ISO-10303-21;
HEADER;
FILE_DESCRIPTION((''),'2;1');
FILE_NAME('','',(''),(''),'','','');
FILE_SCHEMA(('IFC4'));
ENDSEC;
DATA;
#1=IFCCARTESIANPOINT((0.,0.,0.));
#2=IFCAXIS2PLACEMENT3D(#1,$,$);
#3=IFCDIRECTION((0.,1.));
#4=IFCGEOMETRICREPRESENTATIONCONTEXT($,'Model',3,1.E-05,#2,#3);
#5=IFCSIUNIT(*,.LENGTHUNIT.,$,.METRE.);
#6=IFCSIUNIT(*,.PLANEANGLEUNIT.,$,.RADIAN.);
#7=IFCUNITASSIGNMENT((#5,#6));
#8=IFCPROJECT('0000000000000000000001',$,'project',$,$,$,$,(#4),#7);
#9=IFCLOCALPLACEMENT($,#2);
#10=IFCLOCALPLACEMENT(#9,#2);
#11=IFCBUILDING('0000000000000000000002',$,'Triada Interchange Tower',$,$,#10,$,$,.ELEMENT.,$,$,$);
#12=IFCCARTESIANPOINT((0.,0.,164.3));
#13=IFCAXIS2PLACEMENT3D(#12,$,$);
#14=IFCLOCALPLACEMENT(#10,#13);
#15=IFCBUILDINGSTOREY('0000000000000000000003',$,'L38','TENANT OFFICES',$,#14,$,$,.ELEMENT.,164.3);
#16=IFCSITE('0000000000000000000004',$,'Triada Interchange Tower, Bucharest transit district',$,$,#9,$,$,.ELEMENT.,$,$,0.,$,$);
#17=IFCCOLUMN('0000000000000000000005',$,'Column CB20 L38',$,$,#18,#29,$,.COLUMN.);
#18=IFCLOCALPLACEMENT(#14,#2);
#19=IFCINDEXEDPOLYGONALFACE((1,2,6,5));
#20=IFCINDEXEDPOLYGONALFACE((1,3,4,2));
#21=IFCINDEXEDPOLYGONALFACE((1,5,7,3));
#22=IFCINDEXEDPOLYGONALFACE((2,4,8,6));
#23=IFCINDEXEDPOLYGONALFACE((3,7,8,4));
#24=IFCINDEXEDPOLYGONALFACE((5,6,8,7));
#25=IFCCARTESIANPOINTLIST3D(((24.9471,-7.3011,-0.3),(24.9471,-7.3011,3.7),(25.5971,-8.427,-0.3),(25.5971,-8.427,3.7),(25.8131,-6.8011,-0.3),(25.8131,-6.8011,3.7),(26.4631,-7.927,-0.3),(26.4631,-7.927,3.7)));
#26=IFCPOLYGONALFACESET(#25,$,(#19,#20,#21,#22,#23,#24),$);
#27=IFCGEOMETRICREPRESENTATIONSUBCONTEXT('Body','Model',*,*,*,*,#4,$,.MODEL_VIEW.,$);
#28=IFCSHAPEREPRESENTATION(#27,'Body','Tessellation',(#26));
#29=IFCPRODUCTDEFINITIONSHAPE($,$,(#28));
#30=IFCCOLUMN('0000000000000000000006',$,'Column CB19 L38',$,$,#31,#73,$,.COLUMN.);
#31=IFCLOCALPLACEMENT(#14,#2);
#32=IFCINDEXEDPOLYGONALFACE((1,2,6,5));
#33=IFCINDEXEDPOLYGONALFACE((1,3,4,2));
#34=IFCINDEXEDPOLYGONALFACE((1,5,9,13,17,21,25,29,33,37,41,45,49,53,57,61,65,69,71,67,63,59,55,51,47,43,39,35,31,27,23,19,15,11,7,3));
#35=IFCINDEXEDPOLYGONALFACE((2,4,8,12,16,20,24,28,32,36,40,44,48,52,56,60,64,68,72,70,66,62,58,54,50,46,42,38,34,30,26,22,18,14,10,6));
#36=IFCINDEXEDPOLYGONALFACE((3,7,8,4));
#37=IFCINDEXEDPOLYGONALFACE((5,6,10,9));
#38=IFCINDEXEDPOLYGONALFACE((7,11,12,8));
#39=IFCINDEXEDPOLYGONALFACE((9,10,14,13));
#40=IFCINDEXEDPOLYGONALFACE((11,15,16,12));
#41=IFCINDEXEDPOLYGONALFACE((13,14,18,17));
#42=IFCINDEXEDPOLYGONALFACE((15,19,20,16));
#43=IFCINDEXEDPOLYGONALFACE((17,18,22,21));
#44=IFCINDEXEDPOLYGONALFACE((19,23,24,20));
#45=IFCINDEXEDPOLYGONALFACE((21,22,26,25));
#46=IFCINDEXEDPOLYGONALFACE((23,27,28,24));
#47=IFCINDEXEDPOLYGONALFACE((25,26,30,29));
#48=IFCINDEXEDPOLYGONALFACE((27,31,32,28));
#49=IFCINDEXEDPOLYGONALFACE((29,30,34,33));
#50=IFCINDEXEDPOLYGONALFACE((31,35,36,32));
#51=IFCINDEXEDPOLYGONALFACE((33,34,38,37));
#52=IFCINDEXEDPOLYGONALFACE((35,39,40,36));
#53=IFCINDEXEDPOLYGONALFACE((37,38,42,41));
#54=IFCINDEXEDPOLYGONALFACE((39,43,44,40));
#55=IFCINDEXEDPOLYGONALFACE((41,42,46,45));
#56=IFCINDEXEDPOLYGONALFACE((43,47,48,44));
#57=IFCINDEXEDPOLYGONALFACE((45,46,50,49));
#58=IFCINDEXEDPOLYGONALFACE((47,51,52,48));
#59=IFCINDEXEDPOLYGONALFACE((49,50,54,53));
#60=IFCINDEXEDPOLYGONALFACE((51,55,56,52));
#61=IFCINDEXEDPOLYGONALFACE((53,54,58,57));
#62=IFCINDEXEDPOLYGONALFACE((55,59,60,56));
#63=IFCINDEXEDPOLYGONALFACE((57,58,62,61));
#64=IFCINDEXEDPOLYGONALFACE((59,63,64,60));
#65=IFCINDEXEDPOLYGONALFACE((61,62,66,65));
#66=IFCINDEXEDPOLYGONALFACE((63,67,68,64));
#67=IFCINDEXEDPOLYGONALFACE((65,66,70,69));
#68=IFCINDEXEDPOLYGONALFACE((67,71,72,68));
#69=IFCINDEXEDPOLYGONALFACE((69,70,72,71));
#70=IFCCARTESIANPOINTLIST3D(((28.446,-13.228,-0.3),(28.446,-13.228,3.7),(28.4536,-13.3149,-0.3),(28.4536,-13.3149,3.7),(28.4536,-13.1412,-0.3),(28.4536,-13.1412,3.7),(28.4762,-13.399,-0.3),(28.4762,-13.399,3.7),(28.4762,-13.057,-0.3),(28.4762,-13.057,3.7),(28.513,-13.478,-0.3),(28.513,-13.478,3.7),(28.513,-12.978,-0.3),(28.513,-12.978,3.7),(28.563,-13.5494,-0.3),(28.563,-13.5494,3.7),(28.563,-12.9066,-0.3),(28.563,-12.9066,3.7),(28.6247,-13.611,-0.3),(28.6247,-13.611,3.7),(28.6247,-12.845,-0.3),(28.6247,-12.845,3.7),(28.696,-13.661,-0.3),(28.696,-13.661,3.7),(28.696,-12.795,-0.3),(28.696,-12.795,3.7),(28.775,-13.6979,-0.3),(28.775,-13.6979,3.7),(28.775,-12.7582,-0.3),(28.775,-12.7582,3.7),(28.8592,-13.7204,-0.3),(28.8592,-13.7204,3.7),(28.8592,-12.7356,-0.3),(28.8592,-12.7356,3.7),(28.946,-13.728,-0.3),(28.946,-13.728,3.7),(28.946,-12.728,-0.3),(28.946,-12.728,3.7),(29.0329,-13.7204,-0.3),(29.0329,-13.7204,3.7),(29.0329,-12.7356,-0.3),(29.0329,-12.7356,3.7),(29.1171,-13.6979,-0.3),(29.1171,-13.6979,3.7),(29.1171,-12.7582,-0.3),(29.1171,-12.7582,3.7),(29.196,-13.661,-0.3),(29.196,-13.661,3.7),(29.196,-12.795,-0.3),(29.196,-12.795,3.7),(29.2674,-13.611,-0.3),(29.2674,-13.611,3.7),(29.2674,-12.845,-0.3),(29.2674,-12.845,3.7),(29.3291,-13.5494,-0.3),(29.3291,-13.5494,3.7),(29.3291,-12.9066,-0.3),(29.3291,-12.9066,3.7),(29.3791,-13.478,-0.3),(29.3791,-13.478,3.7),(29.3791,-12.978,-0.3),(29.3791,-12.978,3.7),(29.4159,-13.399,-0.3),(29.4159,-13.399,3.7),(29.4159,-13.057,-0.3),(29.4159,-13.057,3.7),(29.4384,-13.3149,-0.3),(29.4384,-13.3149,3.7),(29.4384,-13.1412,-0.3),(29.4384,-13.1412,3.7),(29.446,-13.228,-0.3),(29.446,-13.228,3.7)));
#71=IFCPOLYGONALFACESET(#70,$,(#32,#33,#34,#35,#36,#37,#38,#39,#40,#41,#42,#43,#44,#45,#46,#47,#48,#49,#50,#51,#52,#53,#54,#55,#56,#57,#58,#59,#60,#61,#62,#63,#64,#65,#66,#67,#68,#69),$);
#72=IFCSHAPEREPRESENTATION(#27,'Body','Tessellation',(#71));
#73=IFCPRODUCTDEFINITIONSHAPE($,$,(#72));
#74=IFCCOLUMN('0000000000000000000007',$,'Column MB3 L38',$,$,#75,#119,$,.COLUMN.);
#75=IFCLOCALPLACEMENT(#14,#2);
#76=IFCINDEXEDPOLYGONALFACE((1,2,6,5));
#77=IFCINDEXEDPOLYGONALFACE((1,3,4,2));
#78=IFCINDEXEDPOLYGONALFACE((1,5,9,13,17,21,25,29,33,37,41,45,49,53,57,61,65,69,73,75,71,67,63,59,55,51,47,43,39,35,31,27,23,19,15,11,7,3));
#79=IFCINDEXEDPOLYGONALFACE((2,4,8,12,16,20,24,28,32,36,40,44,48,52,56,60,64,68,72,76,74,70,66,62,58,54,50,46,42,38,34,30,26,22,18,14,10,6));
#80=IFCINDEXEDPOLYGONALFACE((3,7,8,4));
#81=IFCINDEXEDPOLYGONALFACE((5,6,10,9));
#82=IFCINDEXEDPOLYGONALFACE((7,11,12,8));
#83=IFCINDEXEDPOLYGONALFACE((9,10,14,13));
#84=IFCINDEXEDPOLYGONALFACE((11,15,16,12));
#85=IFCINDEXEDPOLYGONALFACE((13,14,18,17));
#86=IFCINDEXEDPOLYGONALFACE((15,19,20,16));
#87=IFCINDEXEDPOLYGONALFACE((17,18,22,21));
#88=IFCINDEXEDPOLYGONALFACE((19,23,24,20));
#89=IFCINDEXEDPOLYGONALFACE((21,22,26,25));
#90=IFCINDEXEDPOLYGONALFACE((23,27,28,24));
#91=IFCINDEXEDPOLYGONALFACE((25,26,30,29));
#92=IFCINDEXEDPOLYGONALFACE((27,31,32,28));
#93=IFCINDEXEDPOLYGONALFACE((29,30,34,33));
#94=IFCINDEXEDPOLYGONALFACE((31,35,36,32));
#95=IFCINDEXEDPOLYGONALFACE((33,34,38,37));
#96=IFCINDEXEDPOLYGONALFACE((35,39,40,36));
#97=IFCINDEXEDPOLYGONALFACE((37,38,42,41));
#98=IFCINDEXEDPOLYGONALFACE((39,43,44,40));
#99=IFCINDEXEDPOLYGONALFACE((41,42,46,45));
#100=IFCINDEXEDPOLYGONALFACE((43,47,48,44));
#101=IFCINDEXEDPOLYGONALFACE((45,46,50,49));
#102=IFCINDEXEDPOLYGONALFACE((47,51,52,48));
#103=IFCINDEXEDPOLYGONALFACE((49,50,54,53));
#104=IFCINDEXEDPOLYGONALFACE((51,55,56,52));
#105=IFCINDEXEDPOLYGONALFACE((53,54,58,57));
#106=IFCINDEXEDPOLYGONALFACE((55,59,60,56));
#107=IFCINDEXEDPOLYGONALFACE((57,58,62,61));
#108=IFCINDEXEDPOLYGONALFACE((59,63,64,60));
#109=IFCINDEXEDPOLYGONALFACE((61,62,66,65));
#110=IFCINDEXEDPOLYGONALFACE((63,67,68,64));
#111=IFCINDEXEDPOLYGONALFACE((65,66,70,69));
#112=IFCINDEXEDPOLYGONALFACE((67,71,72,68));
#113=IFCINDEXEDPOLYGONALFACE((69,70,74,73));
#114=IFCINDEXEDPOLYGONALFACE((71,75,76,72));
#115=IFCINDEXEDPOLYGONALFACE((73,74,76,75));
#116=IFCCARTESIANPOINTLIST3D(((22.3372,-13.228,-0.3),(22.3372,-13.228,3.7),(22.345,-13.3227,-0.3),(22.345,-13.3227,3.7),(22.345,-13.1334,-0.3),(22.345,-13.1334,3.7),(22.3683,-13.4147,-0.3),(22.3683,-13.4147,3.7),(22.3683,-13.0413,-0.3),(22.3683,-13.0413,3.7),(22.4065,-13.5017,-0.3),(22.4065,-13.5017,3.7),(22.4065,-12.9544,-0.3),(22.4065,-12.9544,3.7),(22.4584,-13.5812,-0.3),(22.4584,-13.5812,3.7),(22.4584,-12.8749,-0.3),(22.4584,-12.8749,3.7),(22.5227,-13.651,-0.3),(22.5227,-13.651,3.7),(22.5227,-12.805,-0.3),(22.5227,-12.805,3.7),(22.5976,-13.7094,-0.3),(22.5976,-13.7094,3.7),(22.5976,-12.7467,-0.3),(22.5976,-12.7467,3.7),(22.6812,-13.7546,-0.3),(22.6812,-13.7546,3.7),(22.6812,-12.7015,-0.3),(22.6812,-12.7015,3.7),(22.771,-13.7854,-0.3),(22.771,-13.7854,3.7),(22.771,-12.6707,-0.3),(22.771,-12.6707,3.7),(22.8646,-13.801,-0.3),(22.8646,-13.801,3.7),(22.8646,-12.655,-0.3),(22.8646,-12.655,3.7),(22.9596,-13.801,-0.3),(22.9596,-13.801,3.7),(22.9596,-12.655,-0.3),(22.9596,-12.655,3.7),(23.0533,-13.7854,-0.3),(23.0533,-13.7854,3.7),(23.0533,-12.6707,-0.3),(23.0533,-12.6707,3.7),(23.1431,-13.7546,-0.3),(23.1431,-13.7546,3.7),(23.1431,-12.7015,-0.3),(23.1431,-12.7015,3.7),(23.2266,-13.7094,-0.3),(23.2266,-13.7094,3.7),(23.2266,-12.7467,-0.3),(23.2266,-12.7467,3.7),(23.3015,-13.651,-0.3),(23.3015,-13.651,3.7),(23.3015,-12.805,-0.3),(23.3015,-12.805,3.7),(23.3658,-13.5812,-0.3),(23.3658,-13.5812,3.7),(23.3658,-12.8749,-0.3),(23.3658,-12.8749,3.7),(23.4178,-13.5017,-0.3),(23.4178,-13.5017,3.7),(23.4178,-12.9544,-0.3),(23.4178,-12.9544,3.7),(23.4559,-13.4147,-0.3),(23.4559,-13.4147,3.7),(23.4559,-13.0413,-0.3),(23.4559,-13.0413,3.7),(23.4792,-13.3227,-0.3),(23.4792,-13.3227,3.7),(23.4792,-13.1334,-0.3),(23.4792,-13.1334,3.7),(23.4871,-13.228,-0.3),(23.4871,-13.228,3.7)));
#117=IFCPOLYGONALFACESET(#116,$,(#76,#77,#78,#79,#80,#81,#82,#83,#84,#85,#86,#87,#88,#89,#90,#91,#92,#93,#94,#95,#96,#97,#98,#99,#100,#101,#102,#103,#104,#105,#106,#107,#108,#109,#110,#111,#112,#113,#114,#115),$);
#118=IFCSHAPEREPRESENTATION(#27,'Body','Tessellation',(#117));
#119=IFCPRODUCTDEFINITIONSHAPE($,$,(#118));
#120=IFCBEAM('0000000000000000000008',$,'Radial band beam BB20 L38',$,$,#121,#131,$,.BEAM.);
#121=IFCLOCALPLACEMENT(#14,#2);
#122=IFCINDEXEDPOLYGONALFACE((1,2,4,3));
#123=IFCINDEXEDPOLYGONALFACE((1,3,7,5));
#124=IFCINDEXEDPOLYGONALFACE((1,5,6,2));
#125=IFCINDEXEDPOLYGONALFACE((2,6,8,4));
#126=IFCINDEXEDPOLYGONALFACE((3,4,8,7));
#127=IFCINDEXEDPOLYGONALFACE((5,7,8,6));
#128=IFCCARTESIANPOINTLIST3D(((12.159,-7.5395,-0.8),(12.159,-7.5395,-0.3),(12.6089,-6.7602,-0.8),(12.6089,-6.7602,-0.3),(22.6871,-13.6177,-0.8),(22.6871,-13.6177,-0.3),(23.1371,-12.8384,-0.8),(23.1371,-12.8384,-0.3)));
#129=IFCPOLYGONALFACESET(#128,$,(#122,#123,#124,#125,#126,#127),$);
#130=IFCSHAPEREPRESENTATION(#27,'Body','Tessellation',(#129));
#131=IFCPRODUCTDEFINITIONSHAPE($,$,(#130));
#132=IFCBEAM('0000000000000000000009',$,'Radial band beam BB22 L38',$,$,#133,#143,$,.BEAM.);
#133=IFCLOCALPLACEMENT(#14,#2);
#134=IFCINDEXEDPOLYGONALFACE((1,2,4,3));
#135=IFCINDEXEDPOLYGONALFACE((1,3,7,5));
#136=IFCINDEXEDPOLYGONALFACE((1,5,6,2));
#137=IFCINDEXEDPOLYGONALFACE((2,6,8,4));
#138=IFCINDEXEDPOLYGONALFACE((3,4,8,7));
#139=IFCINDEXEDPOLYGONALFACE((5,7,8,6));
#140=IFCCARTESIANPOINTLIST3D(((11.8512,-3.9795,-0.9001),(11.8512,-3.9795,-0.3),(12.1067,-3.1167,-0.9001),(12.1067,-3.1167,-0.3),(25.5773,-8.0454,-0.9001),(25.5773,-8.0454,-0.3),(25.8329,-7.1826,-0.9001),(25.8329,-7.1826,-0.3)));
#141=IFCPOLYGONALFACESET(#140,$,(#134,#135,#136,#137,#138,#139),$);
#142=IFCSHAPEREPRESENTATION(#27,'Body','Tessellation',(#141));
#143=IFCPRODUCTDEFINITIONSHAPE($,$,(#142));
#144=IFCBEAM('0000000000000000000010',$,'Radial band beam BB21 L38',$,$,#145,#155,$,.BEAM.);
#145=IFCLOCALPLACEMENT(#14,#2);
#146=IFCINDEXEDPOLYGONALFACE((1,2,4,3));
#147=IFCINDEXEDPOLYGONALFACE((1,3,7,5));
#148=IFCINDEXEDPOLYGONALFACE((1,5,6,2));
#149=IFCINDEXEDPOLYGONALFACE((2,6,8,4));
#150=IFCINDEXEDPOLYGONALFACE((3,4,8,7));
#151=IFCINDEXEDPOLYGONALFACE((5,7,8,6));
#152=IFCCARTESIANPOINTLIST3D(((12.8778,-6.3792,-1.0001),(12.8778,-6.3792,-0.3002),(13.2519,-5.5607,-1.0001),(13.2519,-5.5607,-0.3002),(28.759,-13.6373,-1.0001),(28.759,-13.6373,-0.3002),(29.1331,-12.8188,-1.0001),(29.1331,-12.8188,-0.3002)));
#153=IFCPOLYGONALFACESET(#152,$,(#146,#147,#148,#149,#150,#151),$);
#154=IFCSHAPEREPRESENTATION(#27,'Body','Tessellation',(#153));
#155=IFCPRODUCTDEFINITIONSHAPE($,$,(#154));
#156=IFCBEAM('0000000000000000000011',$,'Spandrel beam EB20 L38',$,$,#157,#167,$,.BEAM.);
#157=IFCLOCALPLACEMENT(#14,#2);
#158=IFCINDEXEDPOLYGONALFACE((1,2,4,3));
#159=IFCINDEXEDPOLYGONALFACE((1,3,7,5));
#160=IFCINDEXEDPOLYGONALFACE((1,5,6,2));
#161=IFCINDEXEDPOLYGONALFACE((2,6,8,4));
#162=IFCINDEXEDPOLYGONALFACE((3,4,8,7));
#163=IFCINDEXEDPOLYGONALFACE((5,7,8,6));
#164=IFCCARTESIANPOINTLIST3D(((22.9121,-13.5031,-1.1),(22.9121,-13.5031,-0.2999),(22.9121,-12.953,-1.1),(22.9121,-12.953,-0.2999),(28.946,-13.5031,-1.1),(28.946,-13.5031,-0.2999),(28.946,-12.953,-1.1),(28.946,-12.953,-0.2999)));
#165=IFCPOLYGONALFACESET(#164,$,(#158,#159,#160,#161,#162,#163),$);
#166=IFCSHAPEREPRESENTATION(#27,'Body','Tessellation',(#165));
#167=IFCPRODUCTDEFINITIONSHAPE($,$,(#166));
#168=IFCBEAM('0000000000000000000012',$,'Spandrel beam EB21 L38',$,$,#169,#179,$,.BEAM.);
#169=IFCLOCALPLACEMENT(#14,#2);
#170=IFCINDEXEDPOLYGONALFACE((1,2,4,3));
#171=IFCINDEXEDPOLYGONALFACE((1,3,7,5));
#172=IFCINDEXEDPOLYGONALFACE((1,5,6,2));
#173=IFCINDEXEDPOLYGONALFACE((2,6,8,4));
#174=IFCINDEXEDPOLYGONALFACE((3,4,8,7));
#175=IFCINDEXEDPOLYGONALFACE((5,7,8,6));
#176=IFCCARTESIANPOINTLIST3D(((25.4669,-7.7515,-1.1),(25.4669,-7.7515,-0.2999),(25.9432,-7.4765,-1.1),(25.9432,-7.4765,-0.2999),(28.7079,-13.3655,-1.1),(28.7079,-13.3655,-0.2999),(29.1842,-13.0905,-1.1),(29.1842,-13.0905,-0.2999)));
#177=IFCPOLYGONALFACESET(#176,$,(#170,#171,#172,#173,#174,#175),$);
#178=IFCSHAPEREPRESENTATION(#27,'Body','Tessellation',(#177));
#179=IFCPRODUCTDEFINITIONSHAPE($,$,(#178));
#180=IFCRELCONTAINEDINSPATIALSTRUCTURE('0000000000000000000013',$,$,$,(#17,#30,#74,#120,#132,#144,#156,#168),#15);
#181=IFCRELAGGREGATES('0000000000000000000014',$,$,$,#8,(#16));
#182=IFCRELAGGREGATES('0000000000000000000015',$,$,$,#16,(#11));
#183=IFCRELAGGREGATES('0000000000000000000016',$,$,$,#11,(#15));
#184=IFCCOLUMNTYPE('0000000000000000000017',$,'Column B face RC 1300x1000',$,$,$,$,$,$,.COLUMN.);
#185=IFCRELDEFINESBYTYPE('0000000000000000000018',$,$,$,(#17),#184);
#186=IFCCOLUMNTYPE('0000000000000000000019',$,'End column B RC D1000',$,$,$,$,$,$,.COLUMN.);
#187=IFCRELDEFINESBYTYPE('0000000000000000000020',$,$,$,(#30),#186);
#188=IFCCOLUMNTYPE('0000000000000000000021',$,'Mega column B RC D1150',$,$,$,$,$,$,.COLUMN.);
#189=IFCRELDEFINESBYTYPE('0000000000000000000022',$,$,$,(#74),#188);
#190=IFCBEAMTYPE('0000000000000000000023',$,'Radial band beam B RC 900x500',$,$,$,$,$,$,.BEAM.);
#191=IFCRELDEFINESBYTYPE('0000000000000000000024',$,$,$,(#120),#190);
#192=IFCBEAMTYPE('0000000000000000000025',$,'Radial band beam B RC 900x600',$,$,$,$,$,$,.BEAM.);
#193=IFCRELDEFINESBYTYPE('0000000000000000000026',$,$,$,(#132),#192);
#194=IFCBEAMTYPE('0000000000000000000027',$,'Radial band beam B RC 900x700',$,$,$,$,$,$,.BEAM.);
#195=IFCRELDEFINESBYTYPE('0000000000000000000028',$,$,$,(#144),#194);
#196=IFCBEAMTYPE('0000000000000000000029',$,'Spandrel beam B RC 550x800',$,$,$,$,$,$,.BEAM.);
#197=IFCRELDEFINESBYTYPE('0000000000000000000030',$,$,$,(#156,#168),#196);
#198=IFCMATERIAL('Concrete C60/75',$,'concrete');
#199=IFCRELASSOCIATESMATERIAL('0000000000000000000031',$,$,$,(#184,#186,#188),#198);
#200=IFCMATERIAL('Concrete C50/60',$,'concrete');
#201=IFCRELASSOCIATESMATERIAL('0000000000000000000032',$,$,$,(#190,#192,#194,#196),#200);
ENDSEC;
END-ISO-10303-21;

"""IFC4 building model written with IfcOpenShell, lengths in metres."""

from ifc_helpers import new_model, si_unit, direction, frame, origin, origin_2d, place, context, subcontext, project, spatial, rectangle, circle, extrude, material, material_profile, profile_set, type_object, element, save


model = new_model("IFC4")

# Units and contexts
model_context = context("Model", 3, precision=1e-05, world=origin(), true_north=direction((0.0, 1.0)))
body_context = subcontext(model_context, "Body", "Model", "MODEL_VIEW")
ifc_project = project(units=[si_unit("LENGTHUNIT", "METRE"), si_unit("PLANEANGLEUNIT", "RADIAN")], contexts=[model_context])

# Site, building, storey
site_placement = place(None, origin())
site = spatial("IfcSite", under=ifc_project, at=site_placement, Name="Triada Interchange Tower, Bucharest transit district", CompositionType="ELEMENT", RefElevation=0.0)
building_placement = place(site_placement, origin())
building = spatial("IfcBuilding", under=site, at=building_placement, Name="Triada Interchange Tower", CompositionType="ELEMENT")
storey_placement = place(building_placement, frame((0.0, 0.0, 164.3)))
storey = spatial("IfcBuildingStorey", under=building, at=storey_placement, Name="L38", Description="TENANT OFFICES", CompositionType="ELEMENT", Elevation=164.3)

# Columns
ifc_material_1 = material(Name="Concrete C60/75", Category="concrete")
ifc_material_profile_1 = material_profile(ifc_material_1, rectangle(XDim=1.3, YDim=1.0, at=origin_2d()), Name="RC 1300x1000")
ifc_profile_set_1 = profile_set([ifc_material_profile_1], Name="Concrete C60/75")
column_type_1 = type_object("IfcColumnType", Name="Column B face RC 1300x1000", PredefinedType="COLUMN", material=ifc_profile_set_1)
column_1_placement = place(storey_placement, frame((25.7051, -7.614, -0.3), z_axis=(0.0, 0.0, 1.0), x_axis=(-0.5, 0.866025, 0.0)))
element("IfcColumn", 1, at=column_1_placement, inside=storey, type_object=column_type_1, Name="Column CB20 L38", PredefinedType="COLUMN", context=body_context, shape_type="SweptSolid", body=[
    extrude(rectangle(XDim=1.3, YDim=1.0, at=origin_2d()), origin(), (0.0, 0.0, 1.0), 4.0),
])
ifc_material_profile_2 = material_profile(ifc_material_1, circle(Radius=0.5, at=origin_2d()), Name="RC D1000")
ifc_profile_set_2 = profile_set([ifc_material_profile_2], Name="Concrete C60/75")
column_type_2 = type_object("IfcColumnType", Name="End column B RC D1000", PredefinedType="COLUMN", material=ifc_profile_set_2)
column_2_placement = place(storey_placement, frame((28.946, -13.228, -0.3), z_axis=(0.0, 0.0, 1.0), x_axis=(-0.5, 0.866025, 0.0)))
element("IfcColumn", 2, at=column_2_placement, inside=storey, type_object=column_type_2, Name="Column CB19 L38", PredefinedType="COLUMN", context=body_context, shape_type="SweptSolid", body=[
    extrude(circle(Radius=0.5, at=origin_2d()), origin(), (0.0, 0.0, 1.0), 4.0),
])
ifc_material_profile_3 = material_profile(ifc_material_1, circle(Radius=0.575, at=origin_2d()), Name="RC D1150")
ifc_profile_set_3 = profile_set([ifc_material_profile_3], Name="Concrete C60/75")
column_type_3 = type_object("IfcColumnType", Name="Mega column B RC D1150", PredefinedType="COLUMN", material=ifc_profile_set_3)
column_3_placement = place(storey_placement, frame((22.9121, -13.228, -0.3), z_axis=(0.0, 0.0, 1.0), x_axis=(1.0, 0.0, 0.0)))
element("IfcColumn", 3, at=column_3_placement, inside=storey, type_object=column_type_3, Name="Column MB3 L38", PredefinedType="COLUMN", context=body_context, shape_type="SweptSolid", body=[
    extrude(circle(Radius=0.575, at=origin_2d()), origin(), (0.0, 0.0, 1.0), 4.0),
])

# Beams
ifc_material_2 = material(Name="Concrete C50/60", Category="concrete")
ifc_material_profile_4 = material_profile(ifc_material_2, rectangle(XDim=0.8999, YDim=0.5, at=origin_2d()), Name="RC 900x500")
ifc_profile_set_4 = profile_set([ifc_material_profile_4], Name="Concrete C50/60")
beam_type_1 = type_object("IfcBeamType", Name="Radial band beam B RC 900x500", PredefinedType="BEAM", material=ifc_profile_set_4)
beam_1_placement = place(storey_placement, frame((22.9121, -13.228, -0.55), z_axis=(-0.866035, 0.499984, 0.0), x_axis=(-0.499984, -0.866035, 0.0)))
element("IfcBeam", 4, at=beam_1_placement, inside=storey, type_object=beam_type_1, Name="Radial band beam BB20 L38", PredefinedType="BEAM", context=body_context, shape_type="SweptSolid", body=[
    extrude(rectangle(XDim=0.8999, YDim=0.5, at=origin_2d()), origin(), (0.0, 0.0, 1.0), 12.1567),
])
ifc_material_profile_5 = material_profile(ifc_material_2, rectangle(XDim=0.8999, YDim=0.6001, at=origin_2d()), Name="RC 900x600")
ifc_profile_set_5 = profile_set([ifc_material_profile_5], Name="Concrete C50/60")
beam_type_2 = type_object("IfcBeamType", Name="Radial band beam B RC 900x600", PredefinedType="BEAM", material=ifc_profile_set_5)
beam_2_placement = place(storey_placement, frame((25.7051, -7.614, -0.6001), z_axis=(-0.958818, 0.28402, 0.0), x_axis=(-0.28402, -0.958818, 0.0)))
element("IfcBeam", 5, at=beam_2_placement, inside=storey, type_object=beam_type_2, Name="Radial band beam BB22 L38", PredefinedType="BEAM", context=body_context, shape_type="SweptSolid", body=[
    extrude(rectangle(XDim=0.8999, YDim=0.6001, at=origin_2d()), origin(), (0.0, 0.0, 1.0), 14.3157),
])
ifc_material_profile_6 = material_profile(ifc_material_2, rectangle(XDim=0.8999, YDim=0.7, at=origin_2d()), Name="RC 900x700")
ifc_profile_set_6 = profile_set([ifc_material_profile_6], Name="Concrete C50/60")
beam_type_3 = type_object("IfcBeamType", Name="Radial band beam B RC 900x700", PredefinedType="BEAM", material=ifc_profile_set_6)
beam_3_placement = place(storey_placement, frame((28.946, -13.228, -0.6501), z_axis=(-0.909515, 0.415671, 0.0), x_axis=(-0.415671, -0.909515, 0.0)))
element("IfcBeam", 6, at=beam_3_placement, inside=storey, type_object=beam_type_3, Name="Radial band beam BB21 L38", PredefinedType="BEAM", context=body_context, shape_type="SweptSolid", body=[
    extrude(rectangle(XDim=0.8999, YDim=0.7, at=origin_2d()), origin(), (0.0, 0.0, 1.0), 17.4612),
])
ifc_material_profile_7 = material_profile(ifc_material_2, rectangle(XDim=0.55, YDim=0.8, at=origin_2d()), Name="RC 550x800")
ifc_profile_set_7 = profile_set([ifc_material_profile_7], Name="Concrete C50/60")
beam_type_4 = type_object("IfcBeamType", Name="Spandrel beam B RC 550x800", PredefinedType="BEAM", material=ifc_profile_set_7)
beam_4_placement = place(storey_placement, frame((22.9121, -13.228, -0.7), z_axis=(1.0, 0.0, 0.0), x_axis=(0.0, 1.0, 0.0)))
element("IfcBeam", 7, at=beam_4_placement, inside=storey, type_object=beam_type_4, Name="Spandrel beam EB20 L38", PredefinedType="BEAM", context=body_context, shape_type="SweptSolid", body=[
    extrude(rectangle(XDim=0.55, YDim=0.8, at=origin_2d()), origin(), (0.0, 0.0, 1.0), 6.0339),
])
beam_5_placement = place(storey_placement, frame((28.946, -13.228, -0.7), z_axis=(-0.499967, 0.866044, 0.0), x_axis=(-0.866044, -0.499967, 0.0)))
element("IfcBeam", 8, at=beam_5_placement, inside=storey, type_object=beam_type_4, Name="Spandrel beam EB21 L38", PredefinedType="BEAM", context=body_context, shape_type="SweptSolid", body=[
    extrude(rectangle(XDim=0.55, YDim=0.8, at=origin_2d()), origin(), (0.0, 0.0, 1.0), 6.4824),
])

save(model, "model.ifc")
